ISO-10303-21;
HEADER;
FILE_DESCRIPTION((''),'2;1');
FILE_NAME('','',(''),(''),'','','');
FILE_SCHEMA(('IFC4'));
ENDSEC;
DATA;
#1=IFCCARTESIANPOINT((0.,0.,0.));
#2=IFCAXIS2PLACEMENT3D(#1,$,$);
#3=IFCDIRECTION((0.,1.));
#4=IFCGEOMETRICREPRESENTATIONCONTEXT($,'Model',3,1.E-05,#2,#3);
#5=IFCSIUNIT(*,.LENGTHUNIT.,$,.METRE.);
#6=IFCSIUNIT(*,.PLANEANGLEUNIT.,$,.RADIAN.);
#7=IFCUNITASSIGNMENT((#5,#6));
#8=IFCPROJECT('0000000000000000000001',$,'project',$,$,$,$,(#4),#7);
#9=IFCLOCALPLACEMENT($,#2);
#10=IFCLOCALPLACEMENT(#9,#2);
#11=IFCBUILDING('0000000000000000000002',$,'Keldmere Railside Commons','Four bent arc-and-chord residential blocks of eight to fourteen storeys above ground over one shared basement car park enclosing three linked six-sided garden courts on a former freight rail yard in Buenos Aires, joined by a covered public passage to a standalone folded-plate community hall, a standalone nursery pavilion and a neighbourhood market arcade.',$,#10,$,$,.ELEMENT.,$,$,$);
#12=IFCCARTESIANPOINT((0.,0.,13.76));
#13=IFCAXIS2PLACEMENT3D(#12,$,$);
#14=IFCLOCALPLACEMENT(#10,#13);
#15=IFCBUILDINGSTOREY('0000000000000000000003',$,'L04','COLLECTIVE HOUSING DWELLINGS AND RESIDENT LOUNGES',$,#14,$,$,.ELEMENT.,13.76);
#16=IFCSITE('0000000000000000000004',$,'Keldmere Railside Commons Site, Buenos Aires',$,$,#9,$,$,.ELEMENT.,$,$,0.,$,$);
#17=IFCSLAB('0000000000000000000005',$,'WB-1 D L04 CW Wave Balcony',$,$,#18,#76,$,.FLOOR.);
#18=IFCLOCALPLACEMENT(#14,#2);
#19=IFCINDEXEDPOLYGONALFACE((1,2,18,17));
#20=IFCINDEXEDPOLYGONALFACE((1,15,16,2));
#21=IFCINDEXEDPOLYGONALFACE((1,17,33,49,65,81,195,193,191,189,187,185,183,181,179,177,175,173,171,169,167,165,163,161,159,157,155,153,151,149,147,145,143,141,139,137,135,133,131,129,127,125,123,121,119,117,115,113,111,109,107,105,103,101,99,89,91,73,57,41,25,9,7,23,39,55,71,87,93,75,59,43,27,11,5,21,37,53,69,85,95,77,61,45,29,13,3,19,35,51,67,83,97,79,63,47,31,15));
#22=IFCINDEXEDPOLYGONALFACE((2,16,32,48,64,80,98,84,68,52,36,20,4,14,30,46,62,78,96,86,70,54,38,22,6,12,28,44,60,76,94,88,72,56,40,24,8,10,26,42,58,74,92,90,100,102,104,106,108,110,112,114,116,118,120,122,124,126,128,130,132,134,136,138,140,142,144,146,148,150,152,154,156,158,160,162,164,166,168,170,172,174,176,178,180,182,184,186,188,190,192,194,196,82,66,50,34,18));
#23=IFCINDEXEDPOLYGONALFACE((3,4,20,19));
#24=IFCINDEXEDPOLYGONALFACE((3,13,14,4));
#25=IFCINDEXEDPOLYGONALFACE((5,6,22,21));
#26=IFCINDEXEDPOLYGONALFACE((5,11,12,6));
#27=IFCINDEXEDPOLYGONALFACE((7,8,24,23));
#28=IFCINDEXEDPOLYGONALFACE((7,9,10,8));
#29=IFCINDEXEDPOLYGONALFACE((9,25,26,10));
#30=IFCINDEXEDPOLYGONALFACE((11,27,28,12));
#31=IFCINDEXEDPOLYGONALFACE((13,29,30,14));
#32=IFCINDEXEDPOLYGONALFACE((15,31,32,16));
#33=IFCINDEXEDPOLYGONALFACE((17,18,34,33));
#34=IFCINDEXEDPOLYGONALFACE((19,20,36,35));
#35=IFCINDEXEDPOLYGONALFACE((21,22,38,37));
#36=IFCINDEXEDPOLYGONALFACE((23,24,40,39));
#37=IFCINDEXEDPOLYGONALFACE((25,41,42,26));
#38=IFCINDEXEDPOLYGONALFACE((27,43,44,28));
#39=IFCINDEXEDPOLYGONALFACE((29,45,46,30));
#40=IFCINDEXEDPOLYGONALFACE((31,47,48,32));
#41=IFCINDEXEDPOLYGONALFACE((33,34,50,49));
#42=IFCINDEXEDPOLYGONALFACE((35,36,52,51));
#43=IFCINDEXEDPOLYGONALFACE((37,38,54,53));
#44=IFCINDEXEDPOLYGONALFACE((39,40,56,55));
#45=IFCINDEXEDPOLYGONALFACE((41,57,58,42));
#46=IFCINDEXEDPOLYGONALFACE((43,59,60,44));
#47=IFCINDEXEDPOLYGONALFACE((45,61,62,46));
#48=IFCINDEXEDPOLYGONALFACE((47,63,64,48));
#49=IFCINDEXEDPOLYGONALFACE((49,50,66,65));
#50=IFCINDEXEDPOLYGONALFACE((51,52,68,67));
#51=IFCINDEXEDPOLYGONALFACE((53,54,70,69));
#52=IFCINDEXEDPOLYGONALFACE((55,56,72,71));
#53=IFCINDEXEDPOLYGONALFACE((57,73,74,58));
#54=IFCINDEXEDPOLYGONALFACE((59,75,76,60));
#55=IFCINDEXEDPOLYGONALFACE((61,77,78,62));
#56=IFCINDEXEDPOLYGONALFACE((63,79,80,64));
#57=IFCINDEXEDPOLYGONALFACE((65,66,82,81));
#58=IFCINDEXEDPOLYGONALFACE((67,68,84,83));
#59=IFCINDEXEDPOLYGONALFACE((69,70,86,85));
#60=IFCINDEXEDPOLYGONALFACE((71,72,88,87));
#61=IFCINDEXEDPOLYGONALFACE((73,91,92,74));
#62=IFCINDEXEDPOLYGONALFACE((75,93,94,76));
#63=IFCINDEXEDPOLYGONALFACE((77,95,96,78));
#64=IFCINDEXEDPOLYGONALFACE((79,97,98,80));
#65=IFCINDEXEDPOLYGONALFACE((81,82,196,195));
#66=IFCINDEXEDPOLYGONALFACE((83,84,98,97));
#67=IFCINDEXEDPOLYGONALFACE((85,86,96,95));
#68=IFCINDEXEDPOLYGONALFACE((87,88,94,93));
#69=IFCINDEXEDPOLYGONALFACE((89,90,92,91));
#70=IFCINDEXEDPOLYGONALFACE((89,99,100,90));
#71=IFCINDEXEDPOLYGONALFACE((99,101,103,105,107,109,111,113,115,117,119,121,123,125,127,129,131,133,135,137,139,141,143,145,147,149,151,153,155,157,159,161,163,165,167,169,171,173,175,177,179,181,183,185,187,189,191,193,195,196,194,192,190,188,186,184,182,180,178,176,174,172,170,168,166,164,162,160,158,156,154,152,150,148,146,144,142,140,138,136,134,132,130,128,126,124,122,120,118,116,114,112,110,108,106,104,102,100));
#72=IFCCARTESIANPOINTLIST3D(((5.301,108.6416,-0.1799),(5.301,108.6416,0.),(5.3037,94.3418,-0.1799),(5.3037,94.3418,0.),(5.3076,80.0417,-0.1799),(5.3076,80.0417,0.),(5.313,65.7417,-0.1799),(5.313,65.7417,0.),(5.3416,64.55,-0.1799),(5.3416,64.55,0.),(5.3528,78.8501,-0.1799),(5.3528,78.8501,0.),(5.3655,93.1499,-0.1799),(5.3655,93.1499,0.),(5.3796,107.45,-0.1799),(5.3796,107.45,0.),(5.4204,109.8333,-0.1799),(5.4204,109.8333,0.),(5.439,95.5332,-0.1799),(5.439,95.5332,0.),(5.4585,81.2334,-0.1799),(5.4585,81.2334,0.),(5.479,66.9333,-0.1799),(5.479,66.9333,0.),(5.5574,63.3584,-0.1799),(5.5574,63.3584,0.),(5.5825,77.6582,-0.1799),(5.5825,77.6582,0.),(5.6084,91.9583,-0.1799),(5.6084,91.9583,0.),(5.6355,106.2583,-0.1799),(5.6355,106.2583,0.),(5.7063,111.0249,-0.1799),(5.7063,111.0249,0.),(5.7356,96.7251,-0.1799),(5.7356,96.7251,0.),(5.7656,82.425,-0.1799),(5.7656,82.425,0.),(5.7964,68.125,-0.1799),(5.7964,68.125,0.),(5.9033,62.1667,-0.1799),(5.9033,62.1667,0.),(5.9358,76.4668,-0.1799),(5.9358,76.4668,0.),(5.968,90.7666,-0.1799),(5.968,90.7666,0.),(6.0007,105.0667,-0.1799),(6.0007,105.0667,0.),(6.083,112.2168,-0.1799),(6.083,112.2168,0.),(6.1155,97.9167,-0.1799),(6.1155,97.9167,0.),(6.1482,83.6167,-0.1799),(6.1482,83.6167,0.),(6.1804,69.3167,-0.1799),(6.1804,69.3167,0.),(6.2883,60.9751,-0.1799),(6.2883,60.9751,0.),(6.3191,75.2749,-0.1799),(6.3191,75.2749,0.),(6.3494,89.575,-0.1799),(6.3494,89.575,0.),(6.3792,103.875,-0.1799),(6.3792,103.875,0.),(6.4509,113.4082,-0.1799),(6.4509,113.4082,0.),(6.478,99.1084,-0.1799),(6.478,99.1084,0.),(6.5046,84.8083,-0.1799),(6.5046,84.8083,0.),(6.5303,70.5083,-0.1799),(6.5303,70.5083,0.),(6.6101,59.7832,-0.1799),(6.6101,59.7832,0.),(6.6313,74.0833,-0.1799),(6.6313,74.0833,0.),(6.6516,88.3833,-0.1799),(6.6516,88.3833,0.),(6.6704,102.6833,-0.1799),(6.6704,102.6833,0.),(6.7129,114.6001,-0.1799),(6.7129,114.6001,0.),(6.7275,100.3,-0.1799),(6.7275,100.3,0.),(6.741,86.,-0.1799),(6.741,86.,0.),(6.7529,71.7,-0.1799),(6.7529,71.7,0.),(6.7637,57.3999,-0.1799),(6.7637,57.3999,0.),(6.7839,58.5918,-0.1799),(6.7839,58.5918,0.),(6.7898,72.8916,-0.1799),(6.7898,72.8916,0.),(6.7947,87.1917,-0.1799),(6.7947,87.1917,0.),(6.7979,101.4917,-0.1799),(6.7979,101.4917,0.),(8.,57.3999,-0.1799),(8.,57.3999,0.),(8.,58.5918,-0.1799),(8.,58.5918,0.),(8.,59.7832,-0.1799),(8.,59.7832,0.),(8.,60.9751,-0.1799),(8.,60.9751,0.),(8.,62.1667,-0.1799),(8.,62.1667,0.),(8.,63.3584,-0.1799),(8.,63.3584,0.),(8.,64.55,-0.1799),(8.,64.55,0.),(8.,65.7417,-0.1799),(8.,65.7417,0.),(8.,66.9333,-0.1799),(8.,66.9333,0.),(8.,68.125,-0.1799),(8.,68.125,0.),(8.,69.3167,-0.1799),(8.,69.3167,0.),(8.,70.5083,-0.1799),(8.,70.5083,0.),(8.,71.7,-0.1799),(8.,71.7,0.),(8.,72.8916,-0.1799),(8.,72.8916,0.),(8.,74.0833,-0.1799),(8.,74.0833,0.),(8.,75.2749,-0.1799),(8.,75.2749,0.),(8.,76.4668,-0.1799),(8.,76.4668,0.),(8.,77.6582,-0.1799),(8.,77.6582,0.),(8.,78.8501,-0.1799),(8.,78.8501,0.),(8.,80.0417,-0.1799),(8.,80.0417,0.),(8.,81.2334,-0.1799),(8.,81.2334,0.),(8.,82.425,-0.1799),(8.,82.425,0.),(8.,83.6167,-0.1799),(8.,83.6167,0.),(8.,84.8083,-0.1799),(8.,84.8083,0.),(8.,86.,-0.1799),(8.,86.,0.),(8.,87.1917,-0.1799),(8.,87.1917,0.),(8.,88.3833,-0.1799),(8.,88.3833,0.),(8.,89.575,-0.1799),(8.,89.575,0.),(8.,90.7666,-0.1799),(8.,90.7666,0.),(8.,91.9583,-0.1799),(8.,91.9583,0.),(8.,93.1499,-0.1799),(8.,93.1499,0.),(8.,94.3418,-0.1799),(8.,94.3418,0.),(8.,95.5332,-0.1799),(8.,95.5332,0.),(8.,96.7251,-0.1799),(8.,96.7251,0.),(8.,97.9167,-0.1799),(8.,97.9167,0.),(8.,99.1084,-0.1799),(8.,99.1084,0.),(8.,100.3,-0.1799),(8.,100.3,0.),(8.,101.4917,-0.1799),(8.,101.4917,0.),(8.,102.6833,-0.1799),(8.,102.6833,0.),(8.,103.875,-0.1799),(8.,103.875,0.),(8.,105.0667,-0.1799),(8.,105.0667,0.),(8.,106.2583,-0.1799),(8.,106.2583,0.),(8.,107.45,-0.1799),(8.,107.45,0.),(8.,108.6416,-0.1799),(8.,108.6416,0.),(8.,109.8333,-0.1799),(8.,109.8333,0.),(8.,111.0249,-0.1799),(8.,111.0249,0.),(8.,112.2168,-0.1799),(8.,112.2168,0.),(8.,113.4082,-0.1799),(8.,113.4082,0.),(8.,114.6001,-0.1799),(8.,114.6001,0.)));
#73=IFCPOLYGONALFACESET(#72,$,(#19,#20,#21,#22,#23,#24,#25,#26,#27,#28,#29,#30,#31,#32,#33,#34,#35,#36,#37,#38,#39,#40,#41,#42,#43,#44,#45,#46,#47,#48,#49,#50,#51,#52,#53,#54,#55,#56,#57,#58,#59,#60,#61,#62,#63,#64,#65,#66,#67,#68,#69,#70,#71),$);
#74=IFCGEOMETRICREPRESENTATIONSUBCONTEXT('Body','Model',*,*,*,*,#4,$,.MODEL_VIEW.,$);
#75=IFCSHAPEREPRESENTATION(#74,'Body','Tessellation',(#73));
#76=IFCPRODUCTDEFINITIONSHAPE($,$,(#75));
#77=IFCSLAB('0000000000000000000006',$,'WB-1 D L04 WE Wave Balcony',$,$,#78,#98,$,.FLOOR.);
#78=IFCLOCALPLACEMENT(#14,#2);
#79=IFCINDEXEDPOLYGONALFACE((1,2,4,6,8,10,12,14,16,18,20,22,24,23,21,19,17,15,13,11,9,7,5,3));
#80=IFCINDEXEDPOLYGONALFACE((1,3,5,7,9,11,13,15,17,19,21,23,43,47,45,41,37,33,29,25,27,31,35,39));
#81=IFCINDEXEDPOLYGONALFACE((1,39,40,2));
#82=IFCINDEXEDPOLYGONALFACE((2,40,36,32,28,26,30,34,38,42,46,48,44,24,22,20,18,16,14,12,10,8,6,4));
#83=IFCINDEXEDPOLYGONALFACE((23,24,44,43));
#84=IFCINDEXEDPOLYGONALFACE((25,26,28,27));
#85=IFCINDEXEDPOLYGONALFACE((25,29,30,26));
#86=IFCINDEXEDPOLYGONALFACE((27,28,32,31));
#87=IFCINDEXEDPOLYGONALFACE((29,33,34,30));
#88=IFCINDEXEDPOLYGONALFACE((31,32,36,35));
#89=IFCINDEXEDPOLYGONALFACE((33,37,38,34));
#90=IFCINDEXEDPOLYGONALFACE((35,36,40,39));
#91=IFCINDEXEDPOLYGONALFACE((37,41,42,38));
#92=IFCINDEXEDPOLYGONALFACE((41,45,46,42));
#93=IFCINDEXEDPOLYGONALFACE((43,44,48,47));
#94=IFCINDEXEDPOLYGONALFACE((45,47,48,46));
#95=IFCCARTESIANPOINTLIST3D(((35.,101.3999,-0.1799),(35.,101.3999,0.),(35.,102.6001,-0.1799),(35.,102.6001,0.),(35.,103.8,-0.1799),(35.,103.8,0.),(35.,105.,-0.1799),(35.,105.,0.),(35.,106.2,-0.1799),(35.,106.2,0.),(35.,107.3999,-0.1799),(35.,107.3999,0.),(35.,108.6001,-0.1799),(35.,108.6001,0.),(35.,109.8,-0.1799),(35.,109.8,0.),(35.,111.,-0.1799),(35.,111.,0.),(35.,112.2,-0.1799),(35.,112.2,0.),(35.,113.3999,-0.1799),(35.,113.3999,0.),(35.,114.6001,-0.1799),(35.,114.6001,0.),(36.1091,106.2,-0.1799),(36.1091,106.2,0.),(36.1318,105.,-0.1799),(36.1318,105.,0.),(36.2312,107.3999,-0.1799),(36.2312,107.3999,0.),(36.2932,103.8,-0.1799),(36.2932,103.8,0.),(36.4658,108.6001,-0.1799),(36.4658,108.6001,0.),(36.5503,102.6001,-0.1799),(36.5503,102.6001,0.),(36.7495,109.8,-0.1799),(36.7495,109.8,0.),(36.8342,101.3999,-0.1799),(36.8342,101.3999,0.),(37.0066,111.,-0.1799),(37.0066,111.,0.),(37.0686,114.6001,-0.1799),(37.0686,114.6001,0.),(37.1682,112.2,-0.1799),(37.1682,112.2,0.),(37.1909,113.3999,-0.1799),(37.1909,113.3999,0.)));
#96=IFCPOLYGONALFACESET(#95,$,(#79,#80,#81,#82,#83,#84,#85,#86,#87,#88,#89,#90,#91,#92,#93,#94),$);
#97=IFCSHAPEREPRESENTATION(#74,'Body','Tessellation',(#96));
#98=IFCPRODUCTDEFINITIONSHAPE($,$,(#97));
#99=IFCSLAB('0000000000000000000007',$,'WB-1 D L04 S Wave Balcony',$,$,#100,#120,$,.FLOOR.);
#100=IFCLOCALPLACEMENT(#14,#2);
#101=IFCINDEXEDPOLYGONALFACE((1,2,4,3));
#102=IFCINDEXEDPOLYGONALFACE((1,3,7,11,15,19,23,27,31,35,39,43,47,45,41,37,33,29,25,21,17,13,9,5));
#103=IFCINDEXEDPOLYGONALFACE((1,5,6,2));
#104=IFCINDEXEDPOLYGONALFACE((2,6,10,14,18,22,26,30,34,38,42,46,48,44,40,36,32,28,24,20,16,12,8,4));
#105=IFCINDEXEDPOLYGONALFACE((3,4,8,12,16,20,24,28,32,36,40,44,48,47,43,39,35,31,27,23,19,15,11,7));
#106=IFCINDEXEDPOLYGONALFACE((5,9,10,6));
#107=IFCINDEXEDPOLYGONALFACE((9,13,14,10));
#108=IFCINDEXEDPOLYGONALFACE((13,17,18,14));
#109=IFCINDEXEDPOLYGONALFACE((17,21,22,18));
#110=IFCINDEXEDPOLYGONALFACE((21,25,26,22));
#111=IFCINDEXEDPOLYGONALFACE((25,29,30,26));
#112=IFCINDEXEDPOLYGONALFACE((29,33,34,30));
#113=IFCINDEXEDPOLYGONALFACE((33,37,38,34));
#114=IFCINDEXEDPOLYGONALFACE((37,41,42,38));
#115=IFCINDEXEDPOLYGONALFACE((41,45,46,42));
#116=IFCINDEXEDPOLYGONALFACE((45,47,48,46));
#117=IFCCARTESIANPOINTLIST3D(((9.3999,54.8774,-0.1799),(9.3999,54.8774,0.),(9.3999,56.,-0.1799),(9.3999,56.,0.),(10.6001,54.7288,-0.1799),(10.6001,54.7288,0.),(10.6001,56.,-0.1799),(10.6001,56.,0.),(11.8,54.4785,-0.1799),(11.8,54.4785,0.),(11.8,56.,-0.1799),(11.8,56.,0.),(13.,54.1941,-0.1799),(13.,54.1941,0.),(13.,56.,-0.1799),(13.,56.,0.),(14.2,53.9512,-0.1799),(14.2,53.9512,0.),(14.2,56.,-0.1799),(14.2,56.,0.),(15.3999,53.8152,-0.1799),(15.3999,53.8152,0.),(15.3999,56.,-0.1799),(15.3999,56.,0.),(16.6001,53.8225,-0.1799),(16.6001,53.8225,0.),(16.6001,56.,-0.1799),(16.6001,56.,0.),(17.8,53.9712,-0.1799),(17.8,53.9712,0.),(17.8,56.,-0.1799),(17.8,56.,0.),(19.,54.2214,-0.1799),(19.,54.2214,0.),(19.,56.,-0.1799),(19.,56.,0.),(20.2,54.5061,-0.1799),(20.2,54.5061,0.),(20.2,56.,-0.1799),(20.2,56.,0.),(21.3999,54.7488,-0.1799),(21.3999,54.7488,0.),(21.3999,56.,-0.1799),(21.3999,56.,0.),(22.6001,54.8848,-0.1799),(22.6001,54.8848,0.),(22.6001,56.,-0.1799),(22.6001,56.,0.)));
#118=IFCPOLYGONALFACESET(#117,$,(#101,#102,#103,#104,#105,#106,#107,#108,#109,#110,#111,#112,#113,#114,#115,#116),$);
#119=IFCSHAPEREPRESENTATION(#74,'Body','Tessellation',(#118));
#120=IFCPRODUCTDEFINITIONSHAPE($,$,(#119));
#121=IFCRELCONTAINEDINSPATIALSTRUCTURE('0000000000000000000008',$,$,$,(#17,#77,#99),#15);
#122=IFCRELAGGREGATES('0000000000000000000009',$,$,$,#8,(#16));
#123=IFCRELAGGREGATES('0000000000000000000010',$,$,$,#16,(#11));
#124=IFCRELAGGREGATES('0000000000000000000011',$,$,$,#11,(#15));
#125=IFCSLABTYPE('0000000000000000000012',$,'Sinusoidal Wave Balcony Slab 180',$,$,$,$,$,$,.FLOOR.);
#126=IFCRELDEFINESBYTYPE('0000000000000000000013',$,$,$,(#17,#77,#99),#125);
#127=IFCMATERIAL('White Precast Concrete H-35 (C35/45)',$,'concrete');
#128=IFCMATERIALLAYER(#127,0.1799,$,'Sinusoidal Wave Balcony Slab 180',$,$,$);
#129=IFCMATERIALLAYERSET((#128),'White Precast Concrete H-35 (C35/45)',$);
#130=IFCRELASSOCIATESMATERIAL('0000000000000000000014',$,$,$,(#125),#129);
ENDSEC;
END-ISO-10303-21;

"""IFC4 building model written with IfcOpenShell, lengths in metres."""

from ifc_helpers import new_model, si_unit, direction, frame, origin, place, context, subcontext, project, spatial, polyline, outline, extrude, material, layer, layer_set, type_object, element, save


model = new_model("IFC4")

# Units and contexts
model_context = context("Model", 3, precision=1e-05, world=origin(), true_north=direction((0.0, 1.0)))
body_context = subcontext(model_context, "Body", "Model", "MODEL_VIEW")
ifc_project = project(units=[si_unit("LENGTHUNIT", "METRE"), si_unit("PLANEANGLEUNIT", "RADIAN")], contexts=[model_context])

# Site, building, storey
site_placement = place(None, origin())
site = spatial("IfcSite", under=ifc_project, at=site_placement, Name="Keldmere Railside Commons Site, Buenos Aires", CompositionType="ELEMENT", RefElevation=0.0)
building_placement = place(site_placement, origin())
building = spatial("IfcBuilding", under=site, at=building_placement, Name="Keldmere Railside Commons", Description="Four bent arc-and-chord residential blocks of eight to fourteen storeys above ground over one shared basement car park enclosing three linked six-sided garden courts on a former freight rail yard in Buenos Aires, joined by a covered public passage to a standalone folded-plate community hall, a standalone nursery pavilion and a neighbourhood market arcade.", CompositionType="ELEMENT")
storey_placement = place(building_placement, frame((0.0, 0.0, 13.76)))
storey = spatial("IfcBuildingStorey", under=building, at=storey_placement, Name="L04", Description="COLLECTIVE HOUSING DWELLINGS AND RESIDENT LOUNGES", CompositionType="ELEMENT", Elevation=13.76)

# Slabs
ifc_material_1 = material(Name="White Precast Concrete H-35 (C35/45)", Category="concrete")
ifc_layer_1 = layer(ifc_material_1, 0.1799, Name="Sinusoidal Wave Balcony Slab 180")
ifc_layer_set_1 = layer_set([ifc_layer_1], Name="White Precast Concrete H-35 (C35/45)")
slab_type_1 = type_object("IfcSlabType", Name="Sinusoidal Wave Balcony Slab 180", PredefinedType="FLOOR", material=ifc_layer_set_1)
slab_1_placement = place(storey_placement, frame((0.0, 0.0, -0.1799)))
element("IfcSlab", 1, at=slab_1_placement, inside=storey, type_object=slab_type_1, Name="WB-1 D L04 CW Wave Balcony", PredefinedType="FLOOR", context=body_context, shape_type="SweptSolid", body=[
    extrude(outline(polyline([(8.0, 57.3999), (8.0, 58.5918), (8.0, 59.7832), (8.0, 60.9751), (8.0, 62.1667), (8.0, 63.3584), (8.0, 64.55), (8.0, 65.7417), (8.0, 66.9333), (8.0, 68.125), (8.0, 69.3167), (8.0, 70.5083), (8.0, 71.7), (8.0, 72.8916), (8.0, 74.0833), (8.0, 75.2749), (8.0, 76.4668), (8.0, 77.6582), (8.0, 78.8501), (8.0, 80.0417), (8.0, 81.2334), (8.0, 82.425), (8.0, 83.6167), (8.0, 84.8083), (8.0, 86.0), (8.0, 87.1917), (8.0, 88.3833), (8.0, 89.575), (8.0, 90.7666), (8.0, 91.9583), (8.0, 93.1499), (8.0, 94.3418), (8.0, 95.5332), (8.0, 96.7251), (8.0, 97.9167), (8.0, 99.1084), (8.0, 100.3), (8.0, 101.4917), (8.0, 102.6833), (8.0, 103.875), (8.0, 105.0667), (8.0, 106.2583), (8.0, 107.45), (8.0, 108.6416), (8.0, 109.8333), (8.0, 111.0249), (8.0, 112.2168), (8.0, 113.4082), (8.0, 114.6001), (6.7129, 114.6001), (6.4509, 113.4082), (6.083, 112.2168), (5.7063, 111.0249), (5.4204, 109.8333), (5.301, 108.6416), (5.3796, 107.45), (5.6355, 106.2583), (6.0007, 105.0667), (6.3792, 103.875), (6.6704, 102.6833), (6.7979, 101.4917), (6.7275, 100.3), (6.478, 99.1084), (6.1155, 97.9167), (5.7356, 96.7251), (5.439, 95.5332), (5.3037, 94.3418), (5.3655, 93.1499), (5.6084, 91.9583), (5.968, 90.7666), (6.3494, 89.575), (6.6516, 88.3833), (6.7947, 87.1917), (6.741, 86.0), (6.5046, 84.8083), (6.1482, 83.6167), (5.7656, 82.425), (5.4585, 81.2334), (5.3076, 80.0417), (5.3528, 78.8501), (5.5825, 77.6582), (5.9358, 76.4668), (6.3191, 75.2749), (6.6313, 74.0833), (6.7898, 72.8916), (6.7529, 71.7), (6.5303, 70.5083), (6.1804, 69.3167), (5.7964, 68.125), (5.479, 66.9333), (5.313, 65.7417), (5.3416, 64.55), (5.5574, 63.3584), (5.9033, 62.1667), (6.2883, 60.9751), (6.6101, 59.7832), (6.7839, 58.5918), (6.7637, 57.3999), (8.0, 57.3999)])), origin(), (0.0, 0.0, 1.0), 0.1799),
])
slab_2_placement = place(storey_placement, frame((0.0, 0.0, -0.1799)))
element("IfcSlab", 2, at=slab_2_placement, inside=storey, type_object=slab_type_1, Name="WB-1 D L04 WE Wave Balcony", PredefinedType="FLOOR", context=body_context, shape_type="SweptSolid", body=[
    extrude(outline(polyline([(36.8342, 101.3999), (36.5503, 102.6001), (36.2932, 103.8), (36.1318, 105.0), (36.1091, 106.2), (36.2312, 107.3999), (36.4658, 108.6001), (36.7495, 109.8), (37.0066, 111.0), (37.1682, 112.2), (37.1909, 113.3999), (37.0686, 114.6001), (35.0, 114.6001), (35.0, 113.3999), (35.0, 112.2), (35.0, 111.0), (35.0, 109.8), (35.0, 108.6001), (35.0, 107.3999), (35.0, 106.2), (35.0, 105.0), (35.0, 103.8), (35.0, 102.6001), (35.0, 101.3999), (36.8342, 101.3999)])), origin(), (0.0, 0.0, 1.0), 0.1799),
])
slab_3_placement = place(storey_placement, frame((0.0, 0.0, -0.1799)))
element("IfcSlab", 3, at=slab_3_placement, inside=storey, type_object=slab_type_1, Name="WB-1 D L04 S Wave Balcony", PredefinedType="FLOOR", context=body_context, shape_type="SweptSolid", body=[
    extrude(outline(polyline([(9.3999, 54.8774), (10.6001, 54.7288), (11.8, 54.4785), (13.0, 54.1941), (14.2, 53.9512), (15.3999, 53.8152), (16.6001, 53.8225), (17.8, 53.9712), (19.0, 54.2214), (20.2, 54.5061), (21.3999, 54.7488), (22.6001, 54.8848), (22.6001, 56.0), (21.3999, 56.0), (20.2, 56.0), (19.0, 56.0), (17.8, 56.0), (16.6001, 56.0), (15.3999, 56.0), (14.2, 56.0), (13.0, 56.0), (11.8, 56.0), (10.6001, 56.0), (9.3999, 56.0), (9.3999, 54.8774)])), origin(), (0.0, 0.0, 1.0), 0.1799),
])

save(model, "model.ifc")
